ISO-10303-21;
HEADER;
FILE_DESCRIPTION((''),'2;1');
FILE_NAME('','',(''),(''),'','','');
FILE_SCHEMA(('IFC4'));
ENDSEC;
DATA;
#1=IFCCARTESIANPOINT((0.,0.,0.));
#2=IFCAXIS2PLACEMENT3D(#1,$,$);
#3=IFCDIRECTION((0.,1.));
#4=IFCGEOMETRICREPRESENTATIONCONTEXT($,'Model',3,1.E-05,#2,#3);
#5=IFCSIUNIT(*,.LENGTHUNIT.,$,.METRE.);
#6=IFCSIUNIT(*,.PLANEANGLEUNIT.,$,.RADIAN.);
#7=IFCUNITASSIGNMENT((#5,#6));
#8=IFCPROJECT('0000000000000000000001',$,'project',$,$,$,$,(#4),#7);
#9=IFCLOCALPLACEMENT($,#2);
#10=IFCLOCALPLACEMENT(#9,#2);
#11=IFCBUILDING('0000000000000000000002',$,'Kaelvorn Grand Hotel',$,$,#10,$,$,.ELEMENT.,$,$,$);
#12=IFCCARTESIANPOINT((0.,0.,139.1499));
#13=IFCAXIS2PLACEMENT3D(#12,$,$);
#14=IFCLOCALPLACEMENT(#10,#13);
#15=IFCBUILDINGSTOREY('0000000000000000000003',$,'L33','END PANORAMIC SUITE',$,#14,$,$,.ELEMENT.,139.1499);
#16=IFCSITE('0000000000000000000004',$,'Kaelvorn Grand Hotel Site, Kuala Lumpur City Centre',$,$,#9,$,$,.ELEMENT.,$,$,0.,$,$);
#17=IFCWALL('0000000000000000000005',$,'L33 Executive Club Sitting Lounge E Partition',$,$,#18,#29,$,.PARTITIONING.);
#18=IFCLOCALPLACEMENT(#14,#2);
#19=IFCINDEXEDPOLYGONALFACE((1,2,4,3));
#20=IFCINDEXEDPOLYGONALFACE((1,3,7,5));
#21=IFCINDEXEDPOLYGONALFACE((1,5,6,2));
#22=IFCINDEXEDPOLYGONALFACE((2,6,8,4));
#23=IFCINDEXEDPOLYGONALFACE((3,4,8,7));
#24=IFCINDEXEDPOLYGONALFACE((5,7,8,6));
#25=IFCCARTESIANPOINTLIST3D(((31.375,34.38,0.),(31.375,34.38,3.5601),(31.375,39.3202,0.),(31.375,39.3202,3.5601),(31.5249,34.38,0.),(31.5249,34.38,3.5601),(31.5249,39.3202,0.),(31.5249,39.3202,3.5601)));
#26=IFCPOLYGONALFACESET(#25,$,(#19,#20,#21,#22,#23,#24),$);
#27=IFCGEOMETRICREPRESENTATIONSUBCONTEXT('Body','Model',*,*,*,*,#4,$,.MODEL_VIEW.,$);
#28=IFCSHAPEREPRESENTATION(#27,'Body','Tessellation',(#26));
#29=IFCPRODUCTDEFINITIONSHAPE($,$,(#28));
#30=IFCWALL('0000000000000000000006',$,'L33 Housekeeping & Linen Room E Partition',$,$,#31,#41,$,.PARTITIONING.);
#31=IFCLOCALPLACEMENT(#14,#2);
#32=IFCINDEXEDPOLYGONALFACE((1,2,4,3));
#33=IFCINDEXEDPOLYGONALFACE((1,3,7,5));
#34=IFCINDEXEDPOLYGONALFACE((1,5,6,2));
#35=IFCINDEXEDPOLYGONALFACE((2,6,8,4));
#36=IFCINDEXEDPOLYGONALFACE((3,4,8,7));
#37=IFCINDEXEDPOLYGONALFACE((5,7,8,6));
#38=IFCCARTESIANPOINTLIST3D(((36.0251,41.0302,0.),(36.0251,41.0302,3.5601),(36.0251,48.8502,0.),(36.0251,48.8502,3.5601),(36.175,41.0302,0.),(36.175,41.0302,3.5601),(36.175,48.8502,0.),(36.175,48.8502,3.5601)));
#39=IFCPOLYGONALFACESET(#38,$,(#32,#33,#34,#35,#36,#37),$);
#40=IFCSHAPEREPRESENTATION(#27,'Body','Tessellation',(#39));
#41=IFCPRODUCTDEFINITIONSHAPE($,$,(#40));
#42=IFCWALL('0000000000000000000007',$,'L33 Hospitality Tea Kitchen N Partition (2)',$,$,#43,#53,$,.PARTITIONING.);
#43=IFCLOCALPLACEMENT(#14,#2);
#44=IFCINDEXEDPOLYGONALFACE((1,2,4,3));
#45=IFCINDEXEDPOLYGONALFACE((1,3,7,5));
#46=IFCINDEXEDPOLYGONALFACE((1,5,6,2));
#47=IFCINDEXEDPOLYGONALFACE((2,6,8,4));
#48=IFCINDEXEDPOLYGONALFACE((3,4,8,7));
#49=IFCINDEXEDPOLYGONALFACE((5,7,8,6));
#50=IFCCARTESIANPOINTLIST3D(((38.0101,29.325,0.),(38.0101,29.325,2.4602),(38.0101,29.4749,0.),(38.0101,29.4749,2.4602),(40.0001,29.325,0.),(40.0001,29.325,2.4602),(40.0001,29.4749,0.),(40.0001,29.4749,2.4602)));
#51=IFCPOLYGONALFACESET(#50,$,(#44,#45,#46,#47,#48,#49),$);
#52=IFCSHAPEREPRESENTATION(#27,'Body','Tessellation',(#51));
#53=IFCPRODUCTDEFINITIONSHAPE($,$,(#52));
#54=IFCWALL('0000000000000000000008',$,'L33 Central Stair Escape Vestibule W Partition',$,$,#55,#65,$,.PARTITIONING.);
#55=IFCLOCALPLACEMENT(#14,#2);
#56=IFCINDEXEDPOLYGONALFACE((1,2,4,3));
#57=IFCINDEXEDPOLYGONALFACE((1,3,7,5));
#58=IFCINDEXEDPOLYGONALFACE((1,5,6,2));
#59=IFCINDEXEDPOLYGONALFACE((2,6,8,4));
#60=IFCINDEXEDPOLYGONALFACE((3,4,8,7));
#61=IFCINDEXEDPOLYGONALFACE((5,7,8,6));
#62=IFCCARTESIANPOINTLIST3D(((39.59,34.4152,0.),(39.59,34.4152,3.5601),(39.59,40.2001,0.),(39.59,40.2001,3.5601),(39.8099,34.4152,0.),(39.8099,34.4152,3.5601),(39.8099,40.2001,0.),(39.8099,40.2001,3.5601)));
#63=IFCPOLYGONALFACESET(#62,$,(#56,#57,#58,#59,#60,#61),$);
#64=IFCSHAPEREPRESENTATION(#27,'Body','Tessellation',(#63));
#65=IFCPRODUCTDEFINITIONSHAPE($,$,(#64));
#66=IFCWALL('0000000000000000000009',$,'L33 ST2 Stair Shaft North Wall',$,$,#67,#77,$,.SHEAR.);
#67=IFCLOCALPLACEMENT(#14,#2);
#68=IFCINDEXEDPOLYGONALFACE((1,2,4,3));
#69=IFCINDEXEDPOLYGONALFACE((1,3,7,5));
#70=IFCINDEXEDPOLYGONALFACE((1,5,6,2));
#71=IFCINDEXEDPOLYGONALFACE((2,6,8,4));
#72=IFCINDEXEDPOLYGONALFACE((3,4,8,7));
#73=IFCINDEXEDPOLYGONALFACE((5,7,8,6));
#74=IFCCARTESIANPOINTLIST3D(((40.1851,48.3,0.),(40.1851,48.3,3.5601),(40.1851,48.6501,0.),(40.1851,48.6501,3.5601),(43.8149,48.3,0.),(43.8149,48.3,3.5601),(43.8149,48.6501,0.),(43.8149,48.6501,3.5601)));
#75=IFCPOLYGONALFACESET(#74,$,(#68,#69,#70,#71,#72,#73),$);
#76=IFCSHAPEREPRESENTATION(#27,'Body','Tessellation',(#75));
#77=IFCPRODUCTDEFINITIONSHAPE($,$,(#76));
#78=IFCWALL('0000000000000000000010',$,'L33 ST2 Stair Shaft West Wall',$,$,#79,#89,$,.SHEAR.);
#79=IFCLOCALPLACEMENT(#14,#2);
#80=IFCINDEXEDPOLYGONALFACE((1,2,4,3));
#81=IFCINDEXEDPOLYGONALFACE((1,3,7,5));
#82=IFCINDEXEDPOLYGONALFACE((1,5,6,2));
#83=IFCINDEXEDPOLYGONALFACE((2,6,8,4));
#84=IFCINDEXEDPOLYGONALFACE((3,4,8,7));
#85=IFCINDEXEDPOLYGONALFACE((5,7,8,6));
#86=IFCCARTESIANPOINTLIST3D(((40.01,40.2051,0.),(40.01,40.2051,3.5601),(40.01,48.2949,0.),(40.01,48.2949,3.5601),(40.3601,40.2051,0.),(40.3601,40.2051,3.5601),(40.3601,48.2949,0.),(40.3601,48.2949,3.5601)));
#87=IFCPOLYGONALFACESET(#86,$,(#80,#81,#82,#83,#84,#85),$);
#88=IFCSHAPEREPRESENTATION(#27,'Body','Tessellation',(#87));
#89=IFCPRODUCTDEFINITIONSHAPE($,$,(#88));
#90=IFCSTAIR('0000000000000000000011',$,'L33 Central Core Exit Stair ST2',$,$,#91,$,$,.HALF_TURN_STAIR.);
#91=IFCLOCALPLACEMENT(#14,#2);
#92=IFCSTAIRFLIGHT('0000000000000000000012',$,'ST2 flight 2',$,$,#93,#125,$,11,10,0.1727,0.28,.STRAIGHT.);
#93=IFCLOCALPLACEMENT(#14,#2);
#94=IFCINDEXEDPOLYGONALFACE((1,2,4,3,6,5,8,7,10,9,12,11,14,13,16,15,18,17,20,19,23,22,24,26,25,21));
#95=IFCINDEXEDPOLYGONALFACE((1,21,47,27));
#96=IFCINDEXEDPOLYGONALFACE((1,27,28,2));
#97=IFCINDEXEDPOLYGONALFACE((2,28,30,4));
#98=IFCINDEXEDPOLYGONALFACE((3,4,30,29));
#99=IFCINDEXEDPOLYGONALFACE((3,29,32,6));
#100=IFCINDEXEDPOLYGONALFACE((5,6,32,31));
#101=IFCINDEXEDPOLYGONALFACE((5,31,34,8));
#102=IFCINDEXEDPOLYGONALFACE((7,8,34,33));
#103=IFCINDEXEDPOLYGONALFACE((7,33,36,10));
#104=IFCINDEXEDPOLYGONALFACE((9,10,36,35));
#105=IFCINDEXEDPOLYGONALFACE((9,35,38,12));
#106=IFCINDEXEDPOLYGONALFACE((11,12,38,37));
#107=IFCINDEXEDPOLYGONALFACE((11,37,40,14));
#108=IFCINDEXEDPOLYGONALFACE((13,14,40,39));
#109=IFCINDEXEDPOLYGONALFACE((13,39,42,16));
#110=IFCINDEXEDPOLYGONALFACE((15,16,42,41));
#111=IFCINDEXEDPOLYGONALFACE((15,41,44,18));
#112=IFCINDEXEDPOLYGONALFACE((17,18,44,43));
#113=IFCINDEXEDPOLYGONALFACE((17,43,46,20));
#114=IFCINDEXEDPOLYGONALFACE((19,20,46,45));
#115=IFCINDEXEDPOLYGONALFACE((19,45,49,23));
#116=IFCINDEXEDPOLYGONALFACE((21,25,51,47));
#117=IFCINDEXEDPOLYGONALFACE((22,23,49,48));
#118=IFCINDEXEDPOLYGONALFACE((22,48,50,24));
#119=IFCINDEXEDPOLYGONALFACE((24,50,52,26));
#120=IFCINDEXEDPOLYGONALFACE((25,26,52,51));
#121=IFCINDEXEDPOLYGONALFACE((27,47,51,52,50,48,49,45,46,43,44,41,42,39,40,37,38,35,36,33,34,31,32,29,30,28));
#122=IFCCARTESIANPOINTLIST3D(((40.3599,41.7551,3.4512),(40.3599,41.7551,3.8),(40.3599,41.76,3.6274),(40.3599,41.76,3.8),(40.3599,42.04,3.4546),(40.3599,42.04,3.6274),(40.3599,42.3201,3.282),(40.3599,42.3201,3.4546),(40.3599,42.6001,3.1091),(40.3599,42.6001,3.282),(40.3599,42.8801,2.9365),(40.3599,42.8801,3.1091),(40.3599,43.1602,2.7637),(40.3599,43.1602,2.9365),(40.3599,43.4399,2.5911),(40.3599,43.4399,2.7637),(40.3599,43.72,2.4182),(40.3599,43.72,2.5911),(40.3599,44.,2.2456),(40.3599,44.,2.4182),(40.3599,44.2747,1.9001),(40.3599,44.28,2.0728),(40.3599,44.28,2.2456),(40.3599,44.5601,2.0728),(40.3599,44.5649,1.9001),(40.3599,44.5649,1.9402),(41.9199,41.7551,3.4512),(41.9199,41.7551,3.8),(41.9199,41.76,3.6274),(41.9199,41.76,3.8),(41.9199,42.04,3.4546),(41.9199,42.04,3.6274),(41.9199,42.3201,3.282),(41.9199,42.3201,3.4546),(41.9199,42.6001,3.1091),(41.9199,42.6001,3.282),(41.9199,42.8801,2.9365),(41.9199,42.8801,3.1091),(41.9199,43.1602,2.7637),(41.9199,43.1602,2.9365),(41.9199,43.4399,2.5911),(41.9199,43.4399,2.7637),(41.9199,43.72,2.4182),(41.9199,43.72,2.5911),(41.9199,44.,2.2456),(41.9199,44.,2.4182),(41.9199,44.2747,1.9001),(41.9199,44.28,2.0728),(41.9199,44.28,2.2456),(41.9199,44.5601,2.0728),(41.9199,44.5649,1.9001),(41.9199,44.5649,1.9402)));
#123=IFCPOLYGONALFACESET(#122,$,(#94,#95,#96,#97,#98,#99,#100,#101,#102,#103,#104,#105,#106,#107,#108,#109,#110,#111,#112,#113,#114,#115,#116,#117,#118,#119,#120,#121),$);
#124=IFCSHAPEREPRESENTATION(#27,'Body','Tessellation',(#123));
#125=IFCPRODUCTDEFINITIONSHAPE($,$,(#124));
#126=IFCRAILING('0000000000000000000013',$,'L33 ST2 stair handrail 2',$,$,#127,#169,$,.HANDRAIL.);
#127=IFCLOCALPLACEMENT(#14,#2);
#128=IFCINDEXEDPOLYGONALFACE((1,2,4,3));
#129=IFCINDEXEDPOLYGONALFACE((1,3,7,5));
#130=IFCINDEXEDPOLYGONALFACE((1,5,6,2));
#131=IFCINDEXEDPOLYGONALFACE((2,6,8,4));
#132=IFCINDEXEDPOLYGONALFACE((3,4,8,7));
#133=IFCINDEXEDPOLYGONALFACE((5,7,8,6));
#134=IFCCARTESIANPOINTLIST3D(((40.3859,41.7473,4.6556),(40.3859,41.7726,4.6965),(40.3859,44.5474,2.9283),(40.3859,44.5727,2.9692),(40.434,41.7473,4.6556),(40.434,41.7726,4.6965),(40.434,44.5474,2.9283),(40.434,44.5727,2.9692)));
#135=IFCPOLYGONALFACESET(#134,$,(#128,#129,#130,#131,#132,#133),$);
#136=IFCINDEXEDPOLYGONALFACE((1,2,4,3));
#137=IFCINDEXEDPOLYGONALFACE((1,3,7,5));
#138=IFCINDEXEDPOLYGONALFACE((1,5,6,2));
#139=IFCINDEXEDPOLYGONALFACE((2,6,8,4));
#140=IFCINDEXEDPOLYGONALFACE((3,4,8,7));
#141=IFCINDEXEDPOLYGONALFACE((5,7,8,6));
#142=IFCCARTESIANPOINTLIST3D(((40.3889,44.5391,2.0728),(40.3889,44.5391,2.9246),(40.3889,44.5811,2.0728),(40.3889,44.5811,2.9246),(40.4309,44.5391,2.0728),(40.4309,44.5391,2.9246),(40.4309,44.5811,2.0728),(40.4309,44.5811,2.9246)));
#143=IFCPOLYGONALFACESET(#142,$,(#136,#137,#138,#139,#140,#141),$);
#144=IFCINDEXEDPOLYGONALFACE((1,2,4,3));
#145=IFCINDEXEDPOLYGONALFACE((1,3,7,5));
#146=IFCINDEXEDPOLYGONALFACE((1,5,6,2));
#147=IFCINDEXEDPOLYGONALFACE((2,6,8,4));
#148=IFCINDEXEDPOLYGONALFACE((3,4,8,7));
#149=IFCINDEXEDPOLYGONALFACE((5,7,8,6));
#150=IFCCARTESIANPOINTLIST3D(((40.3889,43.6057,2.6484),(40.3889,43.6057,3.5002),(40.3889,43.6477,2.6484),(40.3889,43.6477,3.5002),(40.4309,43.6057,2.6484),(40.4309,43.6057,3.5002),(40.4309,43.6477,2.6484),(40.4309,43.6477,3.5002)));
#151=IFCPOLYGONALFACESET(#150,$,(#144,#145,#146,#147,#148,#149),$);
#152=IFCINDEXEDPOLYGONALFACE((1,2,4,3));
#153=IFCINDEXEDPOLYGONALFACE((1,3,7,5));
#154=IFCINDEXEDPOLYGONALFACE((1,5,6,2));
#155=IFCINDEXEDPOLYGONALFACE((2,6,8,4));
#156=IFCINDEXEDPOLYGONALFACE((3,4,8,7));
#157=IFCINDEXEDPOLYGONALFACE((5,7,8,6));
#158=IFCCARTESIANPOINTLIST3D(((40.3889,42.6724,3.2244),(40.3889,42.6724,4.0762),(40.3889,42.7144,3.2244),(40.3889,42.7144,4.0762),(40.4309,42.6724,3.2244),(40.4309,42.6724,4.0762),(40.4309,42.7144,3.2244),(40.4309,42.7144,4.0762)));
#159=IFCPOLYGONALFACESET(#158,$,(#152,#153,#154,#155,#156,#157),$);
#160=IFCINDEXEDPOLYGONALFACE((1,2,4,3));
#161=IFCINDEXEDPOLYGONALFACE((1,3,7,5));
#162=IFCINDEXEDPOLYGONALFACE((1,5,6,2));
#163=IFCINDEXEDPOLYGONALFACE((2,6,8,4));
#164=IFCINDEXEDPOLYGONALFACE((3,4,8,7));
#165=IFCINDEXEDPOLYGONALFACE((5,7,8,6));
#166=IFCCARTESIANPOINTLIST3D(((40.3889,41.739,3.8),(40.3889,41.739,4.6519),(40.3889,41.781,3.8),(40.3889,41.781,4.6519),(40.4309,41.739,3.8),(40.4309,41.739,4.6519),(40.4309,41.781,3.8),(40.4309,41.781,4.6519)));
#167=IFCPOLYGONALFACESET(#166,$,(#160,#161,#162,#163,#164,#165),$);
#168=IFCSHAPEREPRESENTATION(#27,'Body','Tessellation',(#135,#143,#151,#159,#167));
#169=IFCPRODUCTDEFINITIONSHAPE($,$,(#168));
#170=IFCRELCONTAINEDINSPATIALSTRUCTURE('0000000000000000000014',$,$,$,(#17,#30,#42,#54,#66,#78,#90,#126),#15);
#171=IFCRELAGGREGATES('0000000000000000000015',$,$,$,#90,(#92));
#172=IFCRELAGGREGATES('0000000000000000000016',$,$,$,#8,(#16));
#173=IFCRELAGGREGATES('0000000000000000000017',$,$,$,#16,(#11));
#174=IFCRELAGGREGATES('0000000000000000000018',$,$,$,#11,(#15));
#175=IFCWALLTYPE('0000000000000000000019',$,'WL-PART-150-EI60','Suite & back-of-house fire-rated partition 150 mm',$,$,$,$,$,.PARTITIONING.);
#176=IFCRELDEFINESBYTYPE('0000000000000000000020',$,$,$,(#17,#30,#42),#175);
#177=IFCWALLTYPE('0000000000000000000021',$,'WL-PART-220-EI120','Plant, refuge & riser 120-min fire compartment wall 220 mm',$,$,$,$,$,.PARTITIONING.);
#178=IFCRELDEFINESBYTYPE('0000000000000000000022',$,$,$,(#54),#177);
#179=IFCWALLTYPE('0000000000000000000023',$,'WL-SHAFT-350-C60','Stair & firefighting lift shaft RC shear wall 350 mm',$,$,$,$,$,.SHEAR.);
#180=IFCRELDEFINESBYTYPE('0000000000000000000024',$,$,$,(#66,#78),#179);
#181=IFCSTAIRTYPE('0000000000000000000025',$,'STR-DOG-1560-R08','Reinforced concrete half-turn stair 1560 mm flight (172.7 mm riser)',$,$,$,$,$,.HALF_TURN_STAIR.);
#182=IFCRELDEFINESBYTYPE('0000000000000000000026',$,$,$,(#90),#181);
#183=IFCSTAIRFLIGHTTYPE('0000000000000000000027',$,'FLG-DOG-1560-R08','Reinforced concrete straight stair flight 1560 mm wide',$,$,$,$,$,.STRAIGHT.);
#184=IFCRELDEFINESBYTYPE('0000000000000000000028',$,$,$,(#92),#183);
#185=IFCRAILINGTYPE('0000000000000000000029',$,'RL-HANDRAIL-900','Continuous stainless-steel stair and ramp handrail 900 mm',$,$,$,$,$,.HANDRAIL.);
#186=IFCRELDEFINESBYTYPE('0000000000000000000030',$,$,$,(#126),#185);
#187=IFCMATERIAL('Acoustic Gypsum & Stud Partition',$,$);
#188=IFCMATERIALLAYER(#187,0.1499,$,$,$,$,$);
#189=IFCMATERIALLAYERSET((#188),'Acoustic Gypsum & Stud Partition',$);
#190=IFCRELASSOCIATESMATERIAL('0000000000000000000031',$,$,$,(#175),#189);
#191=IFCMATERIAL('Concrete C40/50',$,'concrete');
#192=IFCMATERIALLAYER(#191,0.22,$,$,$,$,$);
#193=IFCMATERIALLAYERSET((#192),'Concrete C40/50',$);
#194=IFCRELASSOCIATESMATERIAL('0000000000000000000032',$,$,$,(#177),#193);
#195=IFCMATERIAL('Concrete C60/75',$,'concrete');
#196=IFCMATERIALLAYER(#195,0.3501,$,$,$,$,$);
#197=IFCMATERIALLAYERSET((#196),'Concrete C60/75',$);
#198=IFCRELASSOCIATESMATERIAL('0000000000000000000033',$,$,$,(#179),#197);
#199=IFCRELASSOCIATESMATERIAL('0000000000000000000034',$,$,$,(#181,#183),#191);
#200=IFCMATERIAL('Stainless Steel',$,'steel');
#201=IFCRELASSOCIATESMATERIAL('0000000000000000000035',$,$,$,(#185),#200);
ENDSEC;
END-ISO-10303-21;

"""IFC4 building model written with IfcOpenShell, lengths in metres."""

from ifc_helpers import new_model, si_unit, direction, frame, frame_2d, origin, origin_2d, place, context, subcontext, project, spatial, polyline, rectangle, outline, extrude, material, layer, layer_set, type_object, element, aggregate, save


model = new_model("IFC4")

# Units and contexts
model_context = context("Model", 3, precision=1e-05, world=origin(), true_north=direction((0.0, 1.0)))
body_context = subcontext(model_context, "Body", "Model", "MODEL_VIEW")
ifc_project = project(units=[si_unit("LENGTHUNIT", "METRE"), si_unit("PLANEANGLEUNIT", "RADIAN")], contexts=[model_context])

# Site, building, storey
site_placement = place(None, origin())
site = spatial("IfcSite", under=ifc_project, at=site_placement, Name="Kaelvorn Grand Hotel Site, Kuala Lumpur City Centre", CompositionType="ELEMENT", RefElevation=0.0)
building_placement = place(site_placement, origin())
building = spatial("IfcBuilding", under=site, at=building_placement, Name="Kaelvorn Grand Hotel", CompositionType="ELEMENT")
storey_placement = place(building_placement, frame((0.0, 0.0, 139.1499)))
storey = spatial("IfcBuildingStorey", under=building, at=storey_placement, Name="L33", Description="END PANORAMIC SUITE", CompositionType="ELEMENT", Elevation=139.1499)

# Shared definitions
ifc_material_1 = material(Name="Concrete C60/75", Category="concrete")

# Shared definitions
ifc_material_2 = material(Name="Acoustic Gypsum & Stud Partition")
ifc_layer_1 = layer(ifc_material_2, 0.1499)
ifc_layer_set_1 = layer_set([ifc_layer_1], Name="Acoustic Gypsum & Stud Partition")
wall_type_1 = type_object("IfcWallType", Name="WL-PART-150-EI60", Description="Suite & back-of-house fire-rated partition 150 mm", PredefinedType="PARTITIONING", material=ifc_layer_set_1)

# Walls
for number, where, z_axis, x_axis, name in (
    (1, (31.45, 34.3799, 0.0), (0.0, 0.0, 1.0), (0.0, 1.0, 0.0), "L33 Executive Club Sitting Lounge E Partition"),
):
    element("IfcWall", number, at=place(storey_placement, frame(where, z_axis=z_axis, x_axis=x_axis)), inside=storey, type_object=wall_type_1, Name=name, PredefinedType="PARTITIONING", context=body_context, shape_type="SweptSolid", body=[
        extrude(rectangle(XDim=4.9402, YDim=0.1499, at=frame_2d((2.4702, 0.0))), origin(), (0.0, 0.0, 1.0), 3.5601),
    ])
wall_1_placement = place(storey_placement, frame((36.1001, 41.03, 0.0), z_axis=(0.0, 0.0, 1.0), x_axis=(0.0, 1.0, 0.0)))
element("IfcWall", 2, at=wall_1_placement, inside=storey, type_object=wall_type_1, Name="L33 Housekeeping & Linen Room E Partition", PredefinedType="PARTITIONING", context=body_context, shape_type="SweptSolid", body=[
    extrude(rectangle(XDim=7.8201, YDim=0.1499, at=frame_2d((3.9102, 0.0))), origin(), (0.0, 0.0, 1.0), 3.5601),
])
wall_2_placement = place(storey_placement, frame((38.01, 29.3999, 0.0), z_axis=(0.0, 0.0, 1.0), x_axis=(1.0, 0.0, 0.0)))
element("IfcWall", 3, at=wall_2_placement, inside=storey, type_object=wall_type_1, Name="L33 Hospitality Tea Kitchen N Partition (2)", PredefinedType="PARTITIONING", context=body_context, shape_type="SweptSolid", body=[
    extrude(rectangle(XDim=1.99, YDim=0.1499, at=frame_2d((0.9951, 0.0))), origin(), (0.0, 0.0, 1.0), 2.4602),
])

# Shared definitions
ifc_material_3 = material(Name="Concrete C40/50", Category="concrete")
ifc_layer_2 = layer(ifc_material_3, 0.22)
ifc_layer_set_2 = layer_set([ifc_layer_2], Name="Concrete C40/50")
wall_type_2 = type_object("IfcWallType", Name="WL-PART-220-EI120", Description="Plant, refuge & riser 120-min fire compartment wall 220 mm", PredefinedType="PARTITIONING", material=ifc_layer_set_2)

# Wall
wall_3_placement = place(storey_placement, frame((39.7, 34.415, 0.0), z_axis=(0.0, 0.0, 1.0), x_axis=(0.0, 1.0, 0.0)))
element("IfcWall", 4, at=wall_3_placement, inside=storey, type_object=wall_type_2, Name="L33 Central Stair Escape Vestibule W Partition", PredefinedType="PARTITIONING", context=body_context, shape_type="SweptSolid", body=[
    extrude(rectangle(XDim=5.7849, YDim=0.22, at=frame_2d((2.8926, 0.0))), origin(), (0.0, 0.0, 1.0), 3.5601),
])

# Shared definitions
ifc_layer_3 = layer(ifc_material_1, 0.3501)
ifc_layer_set_3 = layer_set([ifc_layer_3], Name="Concrete C60/75")
wall_type_3 = type_object("IfcWallType", Name="WL-SHAFT-350-C60", Description="Stair & firefighting lift shaft RC shear wall 350 mm", PredefinedType="SHEAR", material=ifc_layer_set_3)

# Walls
wall_4_placement = place(storey_placement, frame((40.1851, 48.4751, 0.0), z_axis=(0.0, 0.0, 1.0), x_axis=(1.0, 0.0, 0.0)))
element("IfcWall", 5, at=wall_4_placement, inside=storey, type_object=wall_type_3, Name="L33 ST2 Stair Shaft North Wall", PredefinedType="SHEAR", context=body_context, shape_type="SweptSolid", body=[
    extrude(rectangle(XDim=3.6299, YDim=0.3501, at=frame_2d((1.8149, 0.0))), origin(), (0.0, 0.0, 1.0), 3.5601),
])
wall_5_placement = place(storey_placement, frame((40.1851, 40.2051, 0.0), z_axis=(0.0, 0.0, 1.0), x_axis=(0.0, 1.0, 0.0)))
element("IfcWall", 6, at=wall_5_placement, inside=storey, type_object=wall_type_3, Name="L33 ST2 Stair Shaft West Wall", PredefinedType="SHEAR", context=body_context, shape_type="SweptSolid", body=[
    extrude(rectangle(XDim=8.0898, YDim=0.3501, at=frame_2d((4.0449, 0.0))), origin(), (0.0, 0.0, 1.0), 3.5601),
])

# Stair, stair flight
stair_type = type_object("IfcStairType", Name="STR-DOG-1560-R08", Description="Reinforced concrete half-turn stair 1560 mm flight (172.7 mm riser)", PredefinedType="HALF_TURN_STAIR", material=ifc_material_3)
stair_placement = place(storey_placement, origin())
stair = element("IfcStair", 7, at=stair_placement, inside=storey, type_object=stair_type, Name="L33 Central Core Exit Stair ST2", PredefinedType="HALF_TURN_STAIR")
stair_flight_type = type_object("IfcStairFlightType", Name="FLG-DOG-1560-R08", Description="Reinforced concrete straight stair flight 1560 mm wide", PredefinedType="STRAIGHT", material=ifc_material_3)
stair_flight_placement = place(storey_placement, frame((41.1399, 44.5601, 1.9001), z_axis=(0.0, 0.0, 1.0), x_axis=(0.0, -1.0, 0.0)))
stair_flight = element("IfcStairFlight", 8, at=stair_flight_placement, type_object=stair_flight_type, Name="ST2 flight 2", NumberOfRisers=11, NumberOfTreads=10, PredefinedType="STRAIGHT", RiserHeight=0.1727, TreadLength=0.28, context=body_context, shape_type="SweptSolid", body=[
    extrude(outline(polyline([(-0.0049, 0.0), (-0.0049, 0.04), (0.0, 0.1726), (0.28, 0.1726), (0.28, 0.3455), (0.5601, 0.3455), (0.5601, 0.5181), (0.8401, 0.5181), (0.8401, 0.6909), (1.1201, 0.6909), (1.1201, 0.8635), (1.3999, 0.8635), (1.3999, 1.0364), (1.6799, 1.0364), (1.6799, 1.209), (1.96, 1.209), (1.96, 1.3818), (2.24, 1.3818), (2.24, 1.5544), (2.52, 1.5544), (2.52, 1.7273), (2.8, 1.7273), (2.8, 1.8999), (2.8049, 1.8999), (2.8049, 1.551), (0.2854, 0.0), (-0.0049, 0.0)])), frame((0.0, 0.78, 0.0), z_axis=(0.0, -1.0, 0.0), x_axis=(1.0, 0.0, 0.0)), (0.0, 0.0, 1.0), 1.5601),
])
aggregate(stair, [stair_flight])

# Railing
ifc_material_4 = material(Name="Stainless Steel", Category="steel")
railing_type_1 = type_object("IfcRailingType", Name="RL-HANDRAIL-900", Description="Continuous stainless-steel stair and ramp handrail 900 mm", PredefinedType="HANDRAIL", material=ifc_material_4)
railing_1_placement = place(storey_placement, frame((40.4099, 44.5601, 2.0728)))
element("IfcRailing", 9, at=railing_1_placement, inside=storey, type_object=railing_type_1, Name="L33 ST2 stair handrail 2", PredefinedType="HANDRAIL", context=body_context, shape_type="SweptSolid", body=[
    extrude(rectangle(XDim=0.0481, YDim=0.0481, at=origin_2d()), frame((0.0, 0.0, 0.876), z_axis=(0.0, -0.85109, 0.52502), x_axis=(1.0, 0.0, 0.0)), (0.0, 0.0, 1.0), 3.29),
    extrude(rectangle(XDim=0.042, YDim=0.042, at=origin_2d()), origin(), (0.0, 0.0, 1.0), 0.8518),
    extrude(rectangle(XDim=0.042, YDim=0.042, at=origin_2d()), frame((0.0, -0.9333, 0.5757)), (0.0, 0.0, 1.0), 0.8518),
    extrude(rectangle(XDim=0.042, YDim=0.042, at=origin_2d()), frame((0.0, -1.8667, 1.1516)), (0.0, 0.0, 1.0), 0.8518),
    extrude(rectangle(XDim=0.042, YDim=0.042, at=origin_2d()), frame((0.0, -2.8, 1.7273)), (0.0, 0.0, 1.0), 0.8518),
])

save(model, "model.ifc")
